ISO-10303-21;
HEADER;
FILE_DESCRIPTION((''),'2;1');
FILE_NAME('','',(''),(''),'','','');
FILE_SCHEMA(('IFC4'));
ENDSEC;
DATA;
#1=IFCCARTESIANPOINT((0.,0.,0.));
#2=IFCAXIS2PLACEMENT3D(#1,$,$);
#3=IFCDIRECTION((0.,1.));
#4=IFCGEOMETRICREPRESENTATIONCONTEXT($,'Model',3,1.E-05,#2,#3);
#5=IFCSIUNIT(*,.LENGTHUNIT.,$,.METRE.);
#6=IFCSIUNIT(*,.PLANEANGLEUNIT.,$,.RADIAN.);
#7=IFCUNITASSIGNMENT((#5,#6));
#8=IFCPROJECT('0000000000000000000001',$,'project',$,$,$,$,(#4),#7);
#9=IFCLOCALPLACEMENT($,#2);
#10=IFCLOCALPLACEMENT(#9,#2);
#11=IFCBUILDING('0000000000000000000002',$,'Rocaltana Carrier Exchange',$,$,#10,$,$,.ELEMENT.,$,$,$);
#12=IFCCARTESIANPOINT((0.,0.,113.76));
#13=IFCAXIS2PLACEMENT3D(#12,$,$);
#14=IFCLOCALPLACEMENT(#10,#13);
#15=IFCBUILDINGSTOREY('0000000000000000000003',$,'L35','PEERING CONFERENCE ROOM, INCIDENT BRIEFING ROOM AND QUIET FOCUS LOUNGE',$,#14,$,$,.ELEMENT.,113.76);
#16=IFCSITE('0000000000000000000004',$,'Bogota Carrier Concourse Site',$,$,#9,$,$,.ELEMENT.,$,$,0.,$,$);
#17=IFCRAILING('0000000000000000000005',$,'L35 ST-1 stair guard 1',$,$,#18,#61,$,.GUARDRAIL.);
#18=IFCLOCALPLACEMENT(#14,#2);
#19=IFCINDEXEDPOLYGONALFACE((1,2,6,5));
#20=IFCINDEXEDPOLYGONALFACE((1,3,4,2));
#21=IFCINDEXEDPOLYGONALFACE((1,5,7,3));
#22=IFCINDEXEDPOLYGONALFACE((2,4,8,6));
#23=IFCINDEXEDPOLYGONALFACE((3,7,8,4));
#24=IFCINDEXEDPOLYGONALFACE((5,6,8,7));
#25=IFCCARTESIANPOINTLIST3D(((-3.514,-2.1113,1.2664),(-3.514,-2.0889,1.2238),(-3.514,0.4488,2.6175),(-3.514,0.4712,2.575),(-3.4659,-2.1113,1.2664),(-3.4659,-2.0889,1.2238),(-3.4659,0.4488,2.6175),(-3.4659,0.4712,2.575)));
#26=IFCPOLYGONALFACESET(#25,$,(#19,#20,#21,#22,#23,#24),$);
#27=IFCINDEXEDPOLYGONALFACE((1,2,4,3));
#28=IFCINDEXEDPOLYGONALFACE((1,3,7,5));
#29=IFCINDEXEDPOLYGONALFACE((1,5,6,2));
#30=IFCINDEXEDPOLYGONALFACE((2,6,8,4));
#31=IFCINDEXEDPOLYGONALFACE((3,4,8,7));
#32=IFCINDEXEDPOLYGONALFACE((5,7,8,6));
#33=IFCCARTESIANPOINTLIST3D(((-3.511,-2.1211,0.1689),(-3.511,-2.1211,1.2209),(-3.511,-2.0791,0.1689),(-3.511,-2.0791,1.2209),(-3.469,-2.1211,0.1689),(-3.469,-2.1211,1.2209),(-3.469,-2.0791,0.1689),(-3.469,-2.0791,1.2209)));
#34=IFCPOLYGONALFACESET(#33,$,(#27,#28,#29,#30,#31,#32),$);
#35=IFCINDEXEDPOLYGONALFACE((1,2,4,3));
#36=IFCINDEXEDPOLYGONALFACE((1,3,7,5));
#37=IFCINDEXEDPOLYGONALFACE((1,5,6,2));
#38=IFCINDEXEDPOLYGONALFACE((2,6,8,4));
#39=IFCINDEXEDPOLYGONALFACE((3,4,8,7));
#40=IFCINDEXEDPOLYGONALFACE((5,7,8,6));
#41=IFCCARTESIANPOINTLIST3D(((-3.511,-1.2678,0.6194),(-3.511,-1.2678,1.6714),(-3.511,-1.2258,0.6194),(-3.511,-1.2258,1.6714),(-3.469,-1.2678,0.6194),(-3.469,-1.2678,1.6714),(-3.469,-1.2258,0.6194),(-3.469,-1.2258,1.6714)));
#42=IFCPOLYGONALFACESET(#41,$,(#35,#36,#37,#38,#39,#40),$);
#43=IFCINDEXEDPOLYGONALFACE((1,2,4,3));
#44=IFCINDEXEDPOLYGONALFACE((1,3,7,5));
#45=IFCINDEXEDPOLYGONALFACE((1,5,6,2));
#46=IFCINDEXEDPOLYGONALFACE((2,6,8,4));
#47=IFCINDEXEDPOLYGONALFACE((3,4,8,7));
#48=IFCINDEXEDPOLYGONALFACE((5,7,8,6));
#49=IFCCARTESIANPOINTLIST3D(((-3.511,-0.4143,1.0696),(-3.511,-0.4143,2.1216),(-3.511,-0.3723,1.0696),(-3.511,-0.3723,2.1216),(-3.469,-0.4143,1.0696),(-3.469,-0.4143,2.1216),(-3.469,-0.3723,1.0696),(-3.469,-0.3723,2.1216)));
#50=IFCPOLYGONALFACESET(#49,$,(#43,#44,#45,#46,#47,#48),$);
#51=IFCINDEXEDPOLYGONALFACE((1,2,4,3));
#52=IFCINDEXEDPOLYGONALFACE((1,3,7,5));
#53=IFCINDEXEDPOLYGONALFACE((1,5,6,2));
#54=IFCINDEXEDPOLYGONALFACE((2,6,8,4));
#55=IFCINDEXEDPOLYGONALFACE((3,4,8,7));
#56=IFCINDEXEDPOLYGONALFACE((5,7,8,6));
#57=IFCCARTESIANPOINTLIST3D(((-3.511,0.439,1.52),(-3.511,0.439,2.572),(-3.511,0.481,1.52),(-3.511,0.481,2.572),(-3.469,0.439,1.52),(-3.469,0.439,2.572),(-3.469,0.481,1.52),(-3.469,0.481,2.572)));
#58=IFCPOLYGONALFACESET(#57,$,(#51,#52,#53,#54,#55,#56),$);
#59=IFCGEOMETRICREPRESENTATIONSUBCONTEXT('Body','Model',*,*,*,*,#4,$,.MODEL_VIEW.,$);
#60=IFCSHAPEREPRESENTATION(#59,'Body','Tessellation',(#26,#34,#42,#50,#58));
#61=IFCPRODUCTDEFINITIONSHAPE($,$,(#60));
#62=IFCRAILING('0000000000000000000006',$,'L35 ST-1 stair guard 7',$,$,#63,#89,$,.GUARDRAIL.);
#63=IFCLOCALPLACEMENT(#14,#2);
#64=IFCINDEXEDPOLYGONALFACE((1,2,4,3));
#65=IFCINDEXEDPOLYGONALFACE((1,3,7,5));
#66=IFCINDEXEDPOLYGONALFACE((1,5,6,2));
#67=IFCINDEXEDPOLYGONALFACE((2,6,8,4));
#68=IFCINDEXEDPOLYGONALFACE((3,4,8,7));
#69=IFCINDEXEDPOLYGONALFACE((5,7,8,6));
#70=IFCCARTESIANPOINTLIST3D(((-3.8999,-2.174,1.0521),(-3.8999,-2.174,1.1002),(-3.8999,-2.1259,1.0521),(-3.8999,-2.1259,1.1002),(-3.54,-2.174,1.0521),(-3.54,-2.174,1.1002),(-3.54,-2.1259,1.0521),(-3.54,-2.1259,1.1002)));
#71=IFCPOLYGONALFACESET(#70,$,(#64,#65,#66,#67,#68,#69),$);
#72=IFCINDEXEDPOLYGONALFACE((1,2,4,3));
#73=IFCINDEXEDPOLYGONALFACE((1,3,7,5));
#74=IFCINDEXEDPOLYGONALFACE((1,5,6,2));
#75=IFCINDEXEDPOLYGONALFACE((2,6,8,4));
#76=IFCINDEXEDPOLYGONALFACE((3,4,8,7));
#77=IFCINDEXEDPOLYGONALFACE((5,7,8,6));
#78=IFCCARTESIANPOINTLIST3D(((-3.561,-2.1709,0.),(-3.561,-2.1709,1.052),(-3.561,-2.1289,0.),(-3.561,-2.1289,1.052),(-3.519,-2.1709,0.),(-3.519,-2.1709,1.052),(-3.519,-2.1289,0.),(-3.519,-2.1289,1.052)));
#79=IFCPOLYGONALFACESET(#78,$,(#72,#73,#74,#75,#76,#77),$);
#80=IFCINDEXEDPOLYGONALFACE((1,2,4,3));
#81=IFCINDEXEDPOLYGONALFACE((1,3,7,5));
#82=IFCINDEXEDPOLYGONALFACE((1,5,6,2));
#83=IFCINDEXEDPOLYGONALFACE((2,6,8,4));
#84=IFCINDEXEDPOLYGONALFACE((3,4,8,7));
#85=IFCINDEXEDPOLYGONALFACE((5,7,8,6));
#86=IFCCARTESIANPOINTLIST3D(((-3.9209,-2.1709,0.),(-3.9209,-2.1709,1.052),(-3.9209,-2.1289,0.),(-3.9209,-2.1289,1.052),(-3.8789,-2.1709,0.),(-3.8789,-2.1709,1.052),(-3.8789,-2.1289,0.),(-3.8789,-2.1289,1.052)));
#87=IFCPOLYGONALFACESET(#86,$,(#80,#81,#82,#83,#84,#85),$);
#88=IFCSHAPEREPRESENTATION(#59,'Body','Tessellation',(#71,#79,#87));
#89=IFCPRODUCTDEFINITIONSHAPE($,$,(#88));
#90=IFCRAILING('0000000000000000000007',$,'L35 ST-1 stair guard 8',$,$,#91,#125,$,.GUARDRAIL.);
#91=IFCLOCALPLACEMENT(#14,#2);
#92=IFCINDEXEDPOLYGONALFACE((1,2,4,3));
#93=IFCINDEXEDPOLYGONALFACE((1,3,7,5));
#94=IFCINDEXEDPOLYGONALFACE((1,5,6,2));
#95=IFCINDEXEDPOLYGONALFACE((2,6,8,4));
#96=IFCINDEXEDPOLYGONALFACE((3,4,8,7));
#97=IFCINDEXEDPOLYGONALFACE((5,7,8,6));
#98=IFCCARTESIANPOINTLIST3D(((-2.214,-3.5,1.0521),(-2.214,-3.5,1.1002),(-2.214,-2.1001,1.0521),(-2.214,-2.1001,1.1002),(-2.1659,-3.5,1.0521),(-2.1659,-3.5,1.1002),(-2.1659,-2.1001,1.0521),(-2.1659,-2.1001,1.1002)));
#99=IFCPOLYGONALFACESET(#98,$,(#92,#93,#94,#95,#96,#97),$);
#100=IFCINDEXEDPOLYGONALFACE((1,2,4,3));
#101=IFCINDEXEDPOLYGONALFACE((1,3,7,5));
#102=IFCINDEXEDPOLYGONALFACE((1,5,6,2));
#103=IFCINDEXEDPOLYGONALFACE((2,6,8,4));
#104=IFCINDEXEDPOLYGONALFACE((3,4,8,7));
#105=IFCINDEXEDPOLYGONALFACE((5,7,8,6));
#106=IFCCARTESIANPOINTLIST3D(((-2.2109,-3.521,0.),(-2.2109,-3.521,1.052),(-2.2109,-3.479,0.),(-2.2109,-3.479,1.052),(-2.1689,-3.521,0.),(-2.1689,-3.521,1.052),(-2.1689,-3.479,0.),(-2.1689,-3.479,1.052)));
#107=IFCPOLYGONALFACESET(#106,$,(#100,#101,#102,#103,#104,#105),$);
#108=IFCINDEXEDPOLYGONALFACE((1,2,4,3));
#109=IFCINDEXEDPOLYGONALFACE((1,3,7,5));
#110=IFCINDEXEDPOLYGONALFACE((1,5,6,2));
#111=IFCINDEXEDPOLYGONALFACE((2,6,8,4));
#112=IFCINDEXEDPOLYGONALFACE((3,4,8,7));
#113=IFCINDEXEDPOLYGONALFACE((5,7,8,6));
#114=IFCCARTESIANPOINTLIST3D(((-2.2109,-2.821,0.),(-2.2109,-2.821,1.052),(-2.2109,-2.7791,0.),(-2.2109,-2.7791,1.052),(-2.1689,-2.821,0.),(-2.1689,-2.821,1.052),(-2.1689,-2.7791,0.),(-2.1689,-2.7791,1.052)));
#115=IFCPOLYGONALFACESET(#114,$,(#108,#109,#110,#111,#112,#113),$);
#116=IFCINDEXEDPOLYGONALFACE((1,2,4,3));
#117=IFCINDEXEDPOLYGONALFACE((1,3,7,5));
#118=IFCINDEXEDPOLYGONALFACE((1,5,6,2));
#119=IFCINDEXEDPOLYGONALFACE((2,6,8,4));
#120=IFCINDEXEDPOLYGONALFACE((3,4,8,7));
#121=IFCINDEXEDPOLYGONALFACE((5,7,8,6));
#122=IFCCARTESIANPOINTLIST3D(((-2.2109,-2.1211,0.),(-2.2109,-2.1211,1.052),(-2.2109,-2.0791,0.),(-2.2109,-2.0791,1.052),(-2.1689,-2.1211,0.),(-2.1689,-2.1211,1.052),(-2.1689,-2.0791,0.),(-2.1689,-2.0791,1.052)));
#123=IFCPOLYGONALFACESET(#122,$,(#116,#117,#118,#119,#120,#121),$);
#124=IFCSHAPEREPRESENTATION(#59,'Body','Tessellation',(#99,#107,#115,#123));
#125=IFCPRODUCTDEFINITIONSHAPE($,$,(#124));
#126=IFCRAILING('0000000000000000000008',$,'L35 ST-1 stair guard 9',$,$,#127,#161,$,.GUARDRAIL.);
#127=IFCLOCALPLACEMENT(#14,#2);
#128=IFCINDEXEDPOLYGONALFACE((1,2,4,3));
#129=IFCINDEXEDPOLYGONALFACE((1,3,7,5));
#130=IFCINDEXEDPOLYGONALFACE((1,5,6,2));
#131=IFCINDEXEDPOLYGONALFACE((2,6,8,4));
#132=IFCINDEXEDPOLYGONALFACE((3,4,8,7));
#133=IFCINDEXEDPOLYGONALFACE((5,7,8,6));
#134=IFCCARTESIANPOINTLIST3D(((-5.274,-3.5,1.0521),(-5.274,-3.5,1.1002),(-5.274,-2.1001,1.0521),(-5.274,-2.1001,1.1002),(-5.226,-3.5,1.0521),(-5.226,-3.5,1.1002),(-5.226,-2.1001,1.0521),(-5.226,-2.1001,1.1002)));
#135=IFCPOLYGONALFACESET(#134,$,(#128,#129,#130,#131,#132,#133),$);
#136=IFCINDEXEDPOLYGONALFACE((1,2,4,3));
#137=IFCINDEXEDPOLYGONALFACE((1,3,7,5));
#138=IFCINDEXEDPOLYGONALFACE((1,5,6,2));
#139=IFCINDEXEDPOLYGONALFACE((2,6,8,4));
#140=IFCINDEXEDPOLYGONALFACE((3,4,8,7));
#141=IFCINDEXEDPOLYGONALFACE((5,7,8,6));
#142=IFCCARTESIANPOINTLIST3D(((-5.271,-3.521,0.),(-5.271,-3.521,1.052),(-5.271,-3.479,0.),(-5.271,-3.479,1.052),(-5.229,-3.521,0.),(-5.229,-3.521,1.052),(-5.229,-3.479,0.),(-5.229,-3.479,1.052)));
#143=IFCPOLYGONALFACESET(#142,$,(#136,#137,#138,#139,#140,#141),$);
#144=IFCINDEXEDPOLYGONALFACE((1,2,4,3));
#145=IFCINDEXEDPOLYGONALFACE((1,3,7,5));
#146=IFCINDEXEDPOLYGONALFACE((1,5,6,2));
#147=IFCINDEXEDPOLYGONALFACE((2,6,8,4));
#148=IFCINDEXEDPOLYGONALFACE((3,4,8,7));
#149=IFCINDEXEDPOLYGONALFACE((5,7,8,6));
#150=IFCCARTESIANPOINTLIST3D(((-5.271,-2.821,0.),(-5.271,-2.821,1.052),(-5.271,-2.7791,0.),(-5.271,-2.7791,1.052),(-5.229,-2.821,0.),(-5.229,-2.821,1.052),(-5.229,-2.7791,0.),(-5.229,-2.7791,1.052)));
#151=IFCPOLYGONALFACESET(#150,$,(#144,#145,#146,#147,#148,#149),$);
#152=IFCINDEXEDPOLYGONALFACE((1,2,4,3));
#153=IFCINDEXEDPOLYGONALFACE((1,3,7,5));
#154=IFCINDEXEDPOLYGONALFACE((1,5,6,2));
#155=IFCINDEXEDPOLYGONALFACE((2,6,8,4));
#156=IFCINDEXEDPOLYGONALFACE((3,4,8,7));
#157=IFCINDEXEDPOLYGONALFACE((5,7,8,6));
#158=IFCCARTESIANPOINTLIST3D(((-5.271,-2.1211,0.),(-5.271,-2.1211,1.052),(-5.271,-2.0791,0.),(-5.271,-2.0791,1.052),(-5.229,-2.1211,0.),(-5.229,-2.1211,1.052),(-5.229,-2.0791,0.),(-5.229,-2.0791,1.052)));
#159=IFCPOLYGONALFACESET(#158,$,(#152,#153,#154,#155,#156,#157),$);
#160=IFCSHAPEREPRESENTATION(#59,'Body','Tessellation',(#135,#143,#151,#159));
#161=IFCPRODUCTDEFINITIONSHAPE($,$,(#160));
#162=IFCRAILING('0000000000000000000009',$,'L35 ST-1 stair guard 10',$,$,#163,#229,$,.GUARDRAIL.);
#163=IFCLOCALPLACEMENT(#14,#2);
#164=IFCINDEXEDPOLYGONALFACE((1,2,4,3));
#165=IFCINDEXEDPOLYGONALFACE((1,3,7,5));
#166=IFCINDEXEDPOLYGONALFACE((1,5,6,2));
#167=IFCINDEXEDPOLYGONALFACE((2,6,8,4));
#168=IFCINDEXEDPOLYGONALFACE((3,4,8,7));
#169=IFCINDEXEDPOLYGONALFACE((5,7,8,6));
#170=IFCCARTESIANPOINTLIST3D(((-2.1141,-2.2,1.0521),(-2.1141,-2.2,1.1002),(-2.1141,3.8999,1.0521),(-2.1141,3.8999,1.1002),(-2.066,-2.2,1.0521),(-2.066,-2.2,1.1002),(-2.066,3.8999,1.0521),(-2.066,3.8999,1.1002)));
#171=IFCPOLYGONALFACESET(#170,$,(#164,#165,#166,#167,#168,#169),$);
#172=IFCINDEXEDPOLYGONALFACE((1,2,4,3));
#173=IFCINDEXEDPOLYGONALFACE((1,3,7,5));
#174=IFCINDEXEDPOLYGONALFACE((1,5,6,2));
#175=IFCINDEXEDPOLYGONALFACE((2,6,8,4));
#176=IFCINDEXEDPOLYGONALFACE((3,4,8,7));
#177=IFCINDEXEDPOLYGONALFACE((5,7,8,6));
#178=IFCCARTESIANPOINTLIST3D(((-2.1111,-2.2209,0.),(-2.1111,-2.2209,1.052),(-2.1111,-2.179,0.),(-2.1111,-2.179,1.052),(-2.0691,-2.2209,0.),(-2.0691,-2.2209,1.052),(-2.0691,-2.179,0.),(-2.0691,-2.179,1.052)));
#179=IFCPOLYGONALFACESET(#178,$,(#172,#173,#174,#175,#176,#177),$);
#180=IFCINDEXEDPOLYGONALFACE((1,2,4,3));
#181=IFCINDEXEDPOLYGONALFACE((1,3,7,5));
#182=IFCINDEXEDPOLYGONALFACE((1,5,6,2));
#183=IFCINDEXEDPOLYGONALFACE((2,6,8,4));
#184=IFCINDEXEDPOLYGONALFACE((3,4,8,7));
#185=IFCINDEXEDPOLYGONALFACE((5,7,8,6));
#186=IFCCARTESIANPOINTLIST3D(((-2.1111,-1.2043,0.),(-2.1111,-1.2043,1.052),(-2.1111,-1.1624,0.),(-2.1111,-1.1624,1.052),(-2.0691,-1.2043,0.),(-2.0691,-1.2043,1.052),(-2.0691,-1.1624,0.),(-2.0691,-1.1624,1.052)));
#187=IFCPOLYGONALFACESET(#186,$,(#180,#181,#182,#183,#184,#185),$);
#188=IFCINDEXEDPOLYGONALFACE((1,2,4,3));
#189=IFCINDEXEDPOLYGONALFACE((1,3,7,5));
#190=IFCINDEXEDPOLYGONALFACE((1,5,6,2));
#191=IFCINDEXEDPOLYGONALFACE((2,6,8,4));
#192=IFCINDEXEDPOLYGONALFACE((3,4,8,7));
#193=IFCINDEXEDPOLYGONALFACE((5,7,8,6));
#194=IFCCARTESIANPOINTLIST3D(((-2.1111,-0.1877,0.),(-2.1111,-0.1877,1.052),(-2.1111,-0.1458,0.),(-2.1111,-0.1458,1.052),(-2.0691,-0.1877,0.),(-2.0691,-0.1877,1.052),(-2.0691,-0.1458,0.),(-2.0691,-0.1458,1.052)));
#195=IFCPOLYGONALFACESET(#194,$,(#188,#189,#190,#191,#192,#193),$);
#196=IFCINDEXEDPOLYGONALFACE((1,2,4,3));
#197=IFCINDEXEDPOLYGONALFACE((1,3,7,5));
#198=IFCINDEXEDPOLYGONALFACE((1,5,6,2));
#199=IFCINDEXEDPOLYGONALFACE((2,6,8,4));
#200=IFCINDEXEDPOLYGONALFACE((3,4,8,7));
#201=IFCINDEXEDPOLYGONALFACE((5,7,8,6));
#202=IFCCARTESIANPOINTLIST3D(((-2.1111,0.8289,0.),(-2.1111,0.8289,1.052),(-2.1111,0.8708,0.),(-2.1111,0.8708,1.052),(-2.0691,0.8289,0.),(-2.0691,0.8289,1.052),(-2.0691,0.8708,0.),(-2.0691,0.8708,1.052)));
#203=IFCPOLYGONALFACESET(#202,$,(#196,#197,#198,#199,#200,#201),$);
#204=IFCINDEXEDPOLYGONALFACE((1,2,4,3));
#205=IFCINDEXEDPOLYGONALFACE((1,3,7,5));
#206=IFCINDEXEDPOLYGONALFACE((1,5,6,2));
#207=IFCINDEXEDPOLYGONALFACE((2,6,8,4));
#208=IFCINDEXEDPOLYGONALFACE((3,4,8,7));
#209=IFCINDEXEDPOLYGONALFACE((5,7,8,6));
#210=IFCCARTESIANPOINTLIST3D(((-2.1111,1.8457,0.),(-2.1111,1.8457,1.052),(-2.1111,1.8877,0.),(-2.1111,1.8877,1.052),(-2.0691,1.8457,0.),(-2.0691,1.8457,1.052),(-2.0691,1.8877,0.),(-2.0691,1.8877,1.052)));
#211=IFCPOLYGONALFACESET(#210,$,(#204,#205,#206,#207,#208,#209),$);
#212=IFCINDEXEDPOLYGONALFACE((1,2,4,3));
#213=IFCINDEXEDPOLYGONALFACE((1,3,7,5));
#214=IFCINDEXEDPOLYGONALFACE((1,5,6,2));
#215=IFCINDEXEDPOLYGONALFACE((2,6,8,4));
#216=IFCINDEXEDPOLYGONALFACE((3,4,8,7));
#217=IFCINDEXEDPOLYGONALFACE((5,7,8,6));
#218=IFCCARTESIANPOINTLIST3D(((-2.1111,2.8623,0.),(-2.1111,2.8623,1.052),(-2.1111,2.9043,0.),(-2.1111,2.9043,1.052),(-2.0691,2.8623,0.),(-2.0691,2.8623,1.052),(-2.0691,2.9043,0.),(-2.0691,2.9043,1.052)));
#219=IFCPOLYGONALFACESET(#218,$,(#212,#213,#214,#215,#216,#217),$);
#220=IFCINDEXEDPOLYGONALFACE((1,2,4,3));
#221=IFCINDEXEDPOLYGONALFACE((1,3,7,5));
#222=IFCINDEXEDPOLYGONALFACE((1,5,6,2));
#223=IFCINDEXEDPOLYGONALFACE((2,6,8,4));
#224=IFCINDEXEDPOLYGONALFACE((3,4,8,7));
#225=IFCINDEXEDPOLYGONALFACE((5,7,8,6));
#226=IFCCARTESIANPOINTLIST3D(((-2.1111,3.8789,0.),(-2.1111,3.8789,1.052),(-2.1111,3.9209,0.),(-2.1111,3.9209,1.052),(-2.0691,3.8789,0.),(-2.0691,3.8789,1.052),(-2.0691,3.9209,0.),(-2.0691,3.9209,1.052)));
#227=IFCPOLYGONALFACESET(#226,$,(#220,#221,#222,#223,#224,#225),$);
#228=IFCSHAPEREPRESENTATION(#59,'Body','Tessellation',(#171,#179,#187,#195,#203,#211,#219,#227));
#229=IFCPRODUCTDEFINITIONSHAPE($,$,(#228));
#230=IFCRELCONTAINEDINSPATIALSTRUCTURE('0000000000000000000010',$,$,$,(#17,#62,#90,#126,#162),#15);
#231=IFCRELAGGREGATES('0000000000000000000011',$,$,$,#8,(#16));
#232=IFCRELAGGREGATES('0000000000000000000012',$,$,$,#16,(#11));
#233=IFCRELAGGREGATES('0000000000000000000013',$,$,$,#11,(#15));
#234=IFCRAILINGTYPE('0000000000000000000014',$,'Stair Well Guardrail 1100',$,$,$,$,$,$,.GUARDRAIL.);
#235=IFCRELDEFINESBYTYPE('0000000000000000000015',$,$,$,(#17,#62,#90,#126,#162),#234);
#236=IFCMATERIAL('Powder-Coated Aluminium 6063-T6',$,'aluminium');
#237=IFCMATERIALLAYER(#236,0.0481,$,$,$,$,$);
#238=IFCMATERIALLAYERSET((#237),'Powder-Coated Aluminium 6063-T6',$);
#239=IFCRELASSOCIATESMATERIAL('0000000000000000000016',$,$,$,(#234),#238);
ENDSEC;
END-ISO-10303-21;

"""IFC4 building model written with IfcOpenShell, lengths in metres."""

from ifc_helpers import new_model, si_unit, direction, frame, origin, origin_2d, place, context, subcontext, project, spatial, rectangle, extrude, material, layer, layer_set, type_object, element, save


model = new_model("IFC4")

# Units and contexts
model_context = context("Model", 3, precision=1e-05, world=origin(), true_north=direction((0.0, 1.0)))
body_context = subcontext(model_context, "Body", "Model", "MODEL_VIEW")
ifc_project = project(units=[si_unit("LENGTHUNIT", "METRE"), si_unit("PLANEANGLEUNIT", "RADIAN")], contexts=[model_context])

# Site, building, storey
site_placement = place(None, origin())
site = spatial("IfcSite", under=ifc_project, at=site_placement, Name="Bogota Carrier Concourse Site", CompositionType="ELEMENT", RefElevation=0.0)
building_placement = place(site_placement, origin())
building = spatial("IfcBuilding", under=site, at=building_placement, Name="Rocaltana Carrier Exchange", CompositionType="ELEMENT")
storey_placement = place(building_placement, frame((0.0, 0.0, 113.76)))
storey = spatial("IfcBuildingStorey", under=building, at=storey_placement, Name="L35", Description="PEERING CONFERENCE ROOM, INCIDENT BRIEFING ROOM AND QUIET FOCUS LOUNGE", CompositionType="ELEMENT", Elevation=113.76)

# Railings
ifc_material_1 = material(Name="Powder-Coated Aluminium 6063-T6", Category="aluminium")
ifc_layer_1 = layer(ifc_material_1, 0.0481)
ifc_layer_set_1 = layer_set([ifc_layer_1], Name="Powder-Coated Aluminium 6063-T6")
railing_type_1 = type_object("IfcRailingType", Name="Stair Well Guardrail 1100", PredefinedType="GUARDRAIL", material=ifc_layer_set_1)
railing_1_placement = place(storey_placement, frame((-3.49, -2.1001, 0.1689)))
element("IfcRailing", 1, at=railing_1_placement, inside=storey, type_object=railing_type_1, Name="L35 ST-1 stair guard 1", PredefinedType="GUARDRAIL", context=body_context, shape_type="SweptSolid", body=[
    extrude(rectangle(XDim=0.0481, YDim=0.0481, at=origin_2d()), frame((0.0, 0.0, 1.0762), z_axis=(0.0, 0.884394, 0.46674), x_axis=(-1.0, 0.0, 0.0)), (0.0, 0.0, 1.0), 2.8948),
    extrude(rectangle(XDim=0.042, YDim=0.042, at=origin_2d()), origin(), (0.0, 0.0, 1.0), 1.052),
    extrude(rectangle(XDim=0.042, YDim=0.042, at=origin_2d()), frame((0.0, 0.8533, 0.4504)), (0.0, 0.0, 1.0), 1.052),
    extrude(rectangle(XDim=0.042, YDim=0.042, at=origin_2d()), frame((0.0, 1.7068, 0.9006)), (0.0, 0.0, 1.0), 1.052),
    extrude(rectangle(XDim=0.042, YDim=0.042, at=origin_2d()), frame((0.0, 2.5601, 1.3511)), (0.0, 0.0, 1.0), 1.052),
])
railing_2_placement = place(storey_placement, frame((-3.54, -2.1499, 0.0)))
element("IfcRailing", 2, at=railing_2_placement, inside=storey, type_object=railing_type_1, Name="L35 ST-1 stair guard 7", PredefinedType="GUARDRAIL", context=body_context, shape_type="SweptSolid", body=[
    extrude(rectangle(XDim=0.0481, YDim=0.0481, at=origin_2d()), frame((0.0, 0.0, 1.0762), z_axis=(-1.0, 0.0, 0.0), x_axis=(0.0, -1.0, 0.0)), (0.0, 0.0, 1.0), 0.3599),
    extrude(rectangle(XDim=0.042, YDim=0.042, at=origin_2d()), origin(), (0.0, 0.0, 1.0), 1.052),
    extrude(rectangle(XDim=0.042, YDim=0.042, at=origin_2d()), frame((-0.3599, 0.0, 0.0)), (0.0, 0.0, 1.0), 1.052),
])
for number, where, name in (
    (3, (-2.1899, -3.5, 0.0), "L35 ST-1 stair guard 8"),
    (4, (-5.25, -3.5, 0.0), "L35 ST-1 stair guard 9"),
):
    element("IfcRailing", number, at=place(storey_placement, frame(where)), inside=storey, type_object=railing_type_1, Name=name, PredefinedType="GUARDRAIL", context=body_context, shape_type="SweptSolid", body=[
        extrude(rectangle(XDim=0.0481, YDim=0.0481, at=origin_2d()), frame((0.0, 0.0, 1.0762), z_axis=(0.0, 1.0, 0.0), x_axis=(-1.0, 0.0, 0.0)), (0.0, 0.0, 1.0), 1.3999),
        extrude(rectangle(XDim=0.042, YDim=0.042, at=origin_2d()), origin(), (0.0, 0.0, 1.0), 1.052),
        extrude(rectangle(XDim=0.042, YDim=0.042, at=origin_2d()), frame((0.0, 0.7, 0.0)), (0.0, 0.0, 1.0), 1.052),
        extrude(rectangle(XDim=0.042, YDim=0.042, at=origin_2d()), frame((0.0, 1.3999, 0.0)), (0.0, 0.0, 1.0), 1.052),
    ])
for number, where, name in (
    (5, (-2.0901, -2.2, 0.0), "L35 ST-1 stair guard 10"),
):
    element("IfcRailing", number, at=place(storey_placement, frame(where)), inside=storey, type_object=railing_type_1, Name=name, PredefinedType="GUARDRAIL", context=body_context, shape_type="SweptSolid", body=[
        extrude(rectangle(XDim=0.0481, YDim=0.0481, at=origin_2d()), frame((0.0, 0.0, 1.0762), z_axis=(0.0, 1.0, 0.0), x_axis=(-1.0, 0.0, 0.0)), (0.0, 0.0, 1.0), 6.0999),
        extrude(rectangle(XDim=0.042, YDim=0.042, at=origin_2d()), origin(), (0.0, 0.0, 1.0), 1.052),
        extrude(rectangle(XDim=0.042, YDim=0.042, at=origin_2d()), frame((0.0, 1.0166, 0.0)), (0.0, 0.0, 1.0), 1.052),
        extrude(rectangle(XDim=0.042, YDim=0.042, at=origin_2d()), frame((0.0, 2.0332, 0.0)), (0.0, 0.0, 1.0), 1.052),
        extrude(rectangle(XDim=0.042, YDim=0.042, at=origin_2d()), frame((0.0, 3.0498, 0.0)), (0.0, 0.0, 1.0), 1.052),
        extrude(rectangle(XDim=0.042, YDim=0.042, at=origin_2d()), frame((0.0, 4.0667, 0.0)), (0.0, 0.0, 1.0), 1.052),
        extrude(rectangle(XDim=0.042, YDim=0.042, at=origin_2d()), frame((0.0, 5.0833, 0.0)), (0.0, 0.0, 1.0), 1.052),
        extrude(rectangle(XDim=0.042, YDim=0.042, at=origin_2d()), frame((0.0, 6.0999, 0.0)), (0.0, 0.0, 1.0), 1.052),
    ])

save(model, "model.ifc")
